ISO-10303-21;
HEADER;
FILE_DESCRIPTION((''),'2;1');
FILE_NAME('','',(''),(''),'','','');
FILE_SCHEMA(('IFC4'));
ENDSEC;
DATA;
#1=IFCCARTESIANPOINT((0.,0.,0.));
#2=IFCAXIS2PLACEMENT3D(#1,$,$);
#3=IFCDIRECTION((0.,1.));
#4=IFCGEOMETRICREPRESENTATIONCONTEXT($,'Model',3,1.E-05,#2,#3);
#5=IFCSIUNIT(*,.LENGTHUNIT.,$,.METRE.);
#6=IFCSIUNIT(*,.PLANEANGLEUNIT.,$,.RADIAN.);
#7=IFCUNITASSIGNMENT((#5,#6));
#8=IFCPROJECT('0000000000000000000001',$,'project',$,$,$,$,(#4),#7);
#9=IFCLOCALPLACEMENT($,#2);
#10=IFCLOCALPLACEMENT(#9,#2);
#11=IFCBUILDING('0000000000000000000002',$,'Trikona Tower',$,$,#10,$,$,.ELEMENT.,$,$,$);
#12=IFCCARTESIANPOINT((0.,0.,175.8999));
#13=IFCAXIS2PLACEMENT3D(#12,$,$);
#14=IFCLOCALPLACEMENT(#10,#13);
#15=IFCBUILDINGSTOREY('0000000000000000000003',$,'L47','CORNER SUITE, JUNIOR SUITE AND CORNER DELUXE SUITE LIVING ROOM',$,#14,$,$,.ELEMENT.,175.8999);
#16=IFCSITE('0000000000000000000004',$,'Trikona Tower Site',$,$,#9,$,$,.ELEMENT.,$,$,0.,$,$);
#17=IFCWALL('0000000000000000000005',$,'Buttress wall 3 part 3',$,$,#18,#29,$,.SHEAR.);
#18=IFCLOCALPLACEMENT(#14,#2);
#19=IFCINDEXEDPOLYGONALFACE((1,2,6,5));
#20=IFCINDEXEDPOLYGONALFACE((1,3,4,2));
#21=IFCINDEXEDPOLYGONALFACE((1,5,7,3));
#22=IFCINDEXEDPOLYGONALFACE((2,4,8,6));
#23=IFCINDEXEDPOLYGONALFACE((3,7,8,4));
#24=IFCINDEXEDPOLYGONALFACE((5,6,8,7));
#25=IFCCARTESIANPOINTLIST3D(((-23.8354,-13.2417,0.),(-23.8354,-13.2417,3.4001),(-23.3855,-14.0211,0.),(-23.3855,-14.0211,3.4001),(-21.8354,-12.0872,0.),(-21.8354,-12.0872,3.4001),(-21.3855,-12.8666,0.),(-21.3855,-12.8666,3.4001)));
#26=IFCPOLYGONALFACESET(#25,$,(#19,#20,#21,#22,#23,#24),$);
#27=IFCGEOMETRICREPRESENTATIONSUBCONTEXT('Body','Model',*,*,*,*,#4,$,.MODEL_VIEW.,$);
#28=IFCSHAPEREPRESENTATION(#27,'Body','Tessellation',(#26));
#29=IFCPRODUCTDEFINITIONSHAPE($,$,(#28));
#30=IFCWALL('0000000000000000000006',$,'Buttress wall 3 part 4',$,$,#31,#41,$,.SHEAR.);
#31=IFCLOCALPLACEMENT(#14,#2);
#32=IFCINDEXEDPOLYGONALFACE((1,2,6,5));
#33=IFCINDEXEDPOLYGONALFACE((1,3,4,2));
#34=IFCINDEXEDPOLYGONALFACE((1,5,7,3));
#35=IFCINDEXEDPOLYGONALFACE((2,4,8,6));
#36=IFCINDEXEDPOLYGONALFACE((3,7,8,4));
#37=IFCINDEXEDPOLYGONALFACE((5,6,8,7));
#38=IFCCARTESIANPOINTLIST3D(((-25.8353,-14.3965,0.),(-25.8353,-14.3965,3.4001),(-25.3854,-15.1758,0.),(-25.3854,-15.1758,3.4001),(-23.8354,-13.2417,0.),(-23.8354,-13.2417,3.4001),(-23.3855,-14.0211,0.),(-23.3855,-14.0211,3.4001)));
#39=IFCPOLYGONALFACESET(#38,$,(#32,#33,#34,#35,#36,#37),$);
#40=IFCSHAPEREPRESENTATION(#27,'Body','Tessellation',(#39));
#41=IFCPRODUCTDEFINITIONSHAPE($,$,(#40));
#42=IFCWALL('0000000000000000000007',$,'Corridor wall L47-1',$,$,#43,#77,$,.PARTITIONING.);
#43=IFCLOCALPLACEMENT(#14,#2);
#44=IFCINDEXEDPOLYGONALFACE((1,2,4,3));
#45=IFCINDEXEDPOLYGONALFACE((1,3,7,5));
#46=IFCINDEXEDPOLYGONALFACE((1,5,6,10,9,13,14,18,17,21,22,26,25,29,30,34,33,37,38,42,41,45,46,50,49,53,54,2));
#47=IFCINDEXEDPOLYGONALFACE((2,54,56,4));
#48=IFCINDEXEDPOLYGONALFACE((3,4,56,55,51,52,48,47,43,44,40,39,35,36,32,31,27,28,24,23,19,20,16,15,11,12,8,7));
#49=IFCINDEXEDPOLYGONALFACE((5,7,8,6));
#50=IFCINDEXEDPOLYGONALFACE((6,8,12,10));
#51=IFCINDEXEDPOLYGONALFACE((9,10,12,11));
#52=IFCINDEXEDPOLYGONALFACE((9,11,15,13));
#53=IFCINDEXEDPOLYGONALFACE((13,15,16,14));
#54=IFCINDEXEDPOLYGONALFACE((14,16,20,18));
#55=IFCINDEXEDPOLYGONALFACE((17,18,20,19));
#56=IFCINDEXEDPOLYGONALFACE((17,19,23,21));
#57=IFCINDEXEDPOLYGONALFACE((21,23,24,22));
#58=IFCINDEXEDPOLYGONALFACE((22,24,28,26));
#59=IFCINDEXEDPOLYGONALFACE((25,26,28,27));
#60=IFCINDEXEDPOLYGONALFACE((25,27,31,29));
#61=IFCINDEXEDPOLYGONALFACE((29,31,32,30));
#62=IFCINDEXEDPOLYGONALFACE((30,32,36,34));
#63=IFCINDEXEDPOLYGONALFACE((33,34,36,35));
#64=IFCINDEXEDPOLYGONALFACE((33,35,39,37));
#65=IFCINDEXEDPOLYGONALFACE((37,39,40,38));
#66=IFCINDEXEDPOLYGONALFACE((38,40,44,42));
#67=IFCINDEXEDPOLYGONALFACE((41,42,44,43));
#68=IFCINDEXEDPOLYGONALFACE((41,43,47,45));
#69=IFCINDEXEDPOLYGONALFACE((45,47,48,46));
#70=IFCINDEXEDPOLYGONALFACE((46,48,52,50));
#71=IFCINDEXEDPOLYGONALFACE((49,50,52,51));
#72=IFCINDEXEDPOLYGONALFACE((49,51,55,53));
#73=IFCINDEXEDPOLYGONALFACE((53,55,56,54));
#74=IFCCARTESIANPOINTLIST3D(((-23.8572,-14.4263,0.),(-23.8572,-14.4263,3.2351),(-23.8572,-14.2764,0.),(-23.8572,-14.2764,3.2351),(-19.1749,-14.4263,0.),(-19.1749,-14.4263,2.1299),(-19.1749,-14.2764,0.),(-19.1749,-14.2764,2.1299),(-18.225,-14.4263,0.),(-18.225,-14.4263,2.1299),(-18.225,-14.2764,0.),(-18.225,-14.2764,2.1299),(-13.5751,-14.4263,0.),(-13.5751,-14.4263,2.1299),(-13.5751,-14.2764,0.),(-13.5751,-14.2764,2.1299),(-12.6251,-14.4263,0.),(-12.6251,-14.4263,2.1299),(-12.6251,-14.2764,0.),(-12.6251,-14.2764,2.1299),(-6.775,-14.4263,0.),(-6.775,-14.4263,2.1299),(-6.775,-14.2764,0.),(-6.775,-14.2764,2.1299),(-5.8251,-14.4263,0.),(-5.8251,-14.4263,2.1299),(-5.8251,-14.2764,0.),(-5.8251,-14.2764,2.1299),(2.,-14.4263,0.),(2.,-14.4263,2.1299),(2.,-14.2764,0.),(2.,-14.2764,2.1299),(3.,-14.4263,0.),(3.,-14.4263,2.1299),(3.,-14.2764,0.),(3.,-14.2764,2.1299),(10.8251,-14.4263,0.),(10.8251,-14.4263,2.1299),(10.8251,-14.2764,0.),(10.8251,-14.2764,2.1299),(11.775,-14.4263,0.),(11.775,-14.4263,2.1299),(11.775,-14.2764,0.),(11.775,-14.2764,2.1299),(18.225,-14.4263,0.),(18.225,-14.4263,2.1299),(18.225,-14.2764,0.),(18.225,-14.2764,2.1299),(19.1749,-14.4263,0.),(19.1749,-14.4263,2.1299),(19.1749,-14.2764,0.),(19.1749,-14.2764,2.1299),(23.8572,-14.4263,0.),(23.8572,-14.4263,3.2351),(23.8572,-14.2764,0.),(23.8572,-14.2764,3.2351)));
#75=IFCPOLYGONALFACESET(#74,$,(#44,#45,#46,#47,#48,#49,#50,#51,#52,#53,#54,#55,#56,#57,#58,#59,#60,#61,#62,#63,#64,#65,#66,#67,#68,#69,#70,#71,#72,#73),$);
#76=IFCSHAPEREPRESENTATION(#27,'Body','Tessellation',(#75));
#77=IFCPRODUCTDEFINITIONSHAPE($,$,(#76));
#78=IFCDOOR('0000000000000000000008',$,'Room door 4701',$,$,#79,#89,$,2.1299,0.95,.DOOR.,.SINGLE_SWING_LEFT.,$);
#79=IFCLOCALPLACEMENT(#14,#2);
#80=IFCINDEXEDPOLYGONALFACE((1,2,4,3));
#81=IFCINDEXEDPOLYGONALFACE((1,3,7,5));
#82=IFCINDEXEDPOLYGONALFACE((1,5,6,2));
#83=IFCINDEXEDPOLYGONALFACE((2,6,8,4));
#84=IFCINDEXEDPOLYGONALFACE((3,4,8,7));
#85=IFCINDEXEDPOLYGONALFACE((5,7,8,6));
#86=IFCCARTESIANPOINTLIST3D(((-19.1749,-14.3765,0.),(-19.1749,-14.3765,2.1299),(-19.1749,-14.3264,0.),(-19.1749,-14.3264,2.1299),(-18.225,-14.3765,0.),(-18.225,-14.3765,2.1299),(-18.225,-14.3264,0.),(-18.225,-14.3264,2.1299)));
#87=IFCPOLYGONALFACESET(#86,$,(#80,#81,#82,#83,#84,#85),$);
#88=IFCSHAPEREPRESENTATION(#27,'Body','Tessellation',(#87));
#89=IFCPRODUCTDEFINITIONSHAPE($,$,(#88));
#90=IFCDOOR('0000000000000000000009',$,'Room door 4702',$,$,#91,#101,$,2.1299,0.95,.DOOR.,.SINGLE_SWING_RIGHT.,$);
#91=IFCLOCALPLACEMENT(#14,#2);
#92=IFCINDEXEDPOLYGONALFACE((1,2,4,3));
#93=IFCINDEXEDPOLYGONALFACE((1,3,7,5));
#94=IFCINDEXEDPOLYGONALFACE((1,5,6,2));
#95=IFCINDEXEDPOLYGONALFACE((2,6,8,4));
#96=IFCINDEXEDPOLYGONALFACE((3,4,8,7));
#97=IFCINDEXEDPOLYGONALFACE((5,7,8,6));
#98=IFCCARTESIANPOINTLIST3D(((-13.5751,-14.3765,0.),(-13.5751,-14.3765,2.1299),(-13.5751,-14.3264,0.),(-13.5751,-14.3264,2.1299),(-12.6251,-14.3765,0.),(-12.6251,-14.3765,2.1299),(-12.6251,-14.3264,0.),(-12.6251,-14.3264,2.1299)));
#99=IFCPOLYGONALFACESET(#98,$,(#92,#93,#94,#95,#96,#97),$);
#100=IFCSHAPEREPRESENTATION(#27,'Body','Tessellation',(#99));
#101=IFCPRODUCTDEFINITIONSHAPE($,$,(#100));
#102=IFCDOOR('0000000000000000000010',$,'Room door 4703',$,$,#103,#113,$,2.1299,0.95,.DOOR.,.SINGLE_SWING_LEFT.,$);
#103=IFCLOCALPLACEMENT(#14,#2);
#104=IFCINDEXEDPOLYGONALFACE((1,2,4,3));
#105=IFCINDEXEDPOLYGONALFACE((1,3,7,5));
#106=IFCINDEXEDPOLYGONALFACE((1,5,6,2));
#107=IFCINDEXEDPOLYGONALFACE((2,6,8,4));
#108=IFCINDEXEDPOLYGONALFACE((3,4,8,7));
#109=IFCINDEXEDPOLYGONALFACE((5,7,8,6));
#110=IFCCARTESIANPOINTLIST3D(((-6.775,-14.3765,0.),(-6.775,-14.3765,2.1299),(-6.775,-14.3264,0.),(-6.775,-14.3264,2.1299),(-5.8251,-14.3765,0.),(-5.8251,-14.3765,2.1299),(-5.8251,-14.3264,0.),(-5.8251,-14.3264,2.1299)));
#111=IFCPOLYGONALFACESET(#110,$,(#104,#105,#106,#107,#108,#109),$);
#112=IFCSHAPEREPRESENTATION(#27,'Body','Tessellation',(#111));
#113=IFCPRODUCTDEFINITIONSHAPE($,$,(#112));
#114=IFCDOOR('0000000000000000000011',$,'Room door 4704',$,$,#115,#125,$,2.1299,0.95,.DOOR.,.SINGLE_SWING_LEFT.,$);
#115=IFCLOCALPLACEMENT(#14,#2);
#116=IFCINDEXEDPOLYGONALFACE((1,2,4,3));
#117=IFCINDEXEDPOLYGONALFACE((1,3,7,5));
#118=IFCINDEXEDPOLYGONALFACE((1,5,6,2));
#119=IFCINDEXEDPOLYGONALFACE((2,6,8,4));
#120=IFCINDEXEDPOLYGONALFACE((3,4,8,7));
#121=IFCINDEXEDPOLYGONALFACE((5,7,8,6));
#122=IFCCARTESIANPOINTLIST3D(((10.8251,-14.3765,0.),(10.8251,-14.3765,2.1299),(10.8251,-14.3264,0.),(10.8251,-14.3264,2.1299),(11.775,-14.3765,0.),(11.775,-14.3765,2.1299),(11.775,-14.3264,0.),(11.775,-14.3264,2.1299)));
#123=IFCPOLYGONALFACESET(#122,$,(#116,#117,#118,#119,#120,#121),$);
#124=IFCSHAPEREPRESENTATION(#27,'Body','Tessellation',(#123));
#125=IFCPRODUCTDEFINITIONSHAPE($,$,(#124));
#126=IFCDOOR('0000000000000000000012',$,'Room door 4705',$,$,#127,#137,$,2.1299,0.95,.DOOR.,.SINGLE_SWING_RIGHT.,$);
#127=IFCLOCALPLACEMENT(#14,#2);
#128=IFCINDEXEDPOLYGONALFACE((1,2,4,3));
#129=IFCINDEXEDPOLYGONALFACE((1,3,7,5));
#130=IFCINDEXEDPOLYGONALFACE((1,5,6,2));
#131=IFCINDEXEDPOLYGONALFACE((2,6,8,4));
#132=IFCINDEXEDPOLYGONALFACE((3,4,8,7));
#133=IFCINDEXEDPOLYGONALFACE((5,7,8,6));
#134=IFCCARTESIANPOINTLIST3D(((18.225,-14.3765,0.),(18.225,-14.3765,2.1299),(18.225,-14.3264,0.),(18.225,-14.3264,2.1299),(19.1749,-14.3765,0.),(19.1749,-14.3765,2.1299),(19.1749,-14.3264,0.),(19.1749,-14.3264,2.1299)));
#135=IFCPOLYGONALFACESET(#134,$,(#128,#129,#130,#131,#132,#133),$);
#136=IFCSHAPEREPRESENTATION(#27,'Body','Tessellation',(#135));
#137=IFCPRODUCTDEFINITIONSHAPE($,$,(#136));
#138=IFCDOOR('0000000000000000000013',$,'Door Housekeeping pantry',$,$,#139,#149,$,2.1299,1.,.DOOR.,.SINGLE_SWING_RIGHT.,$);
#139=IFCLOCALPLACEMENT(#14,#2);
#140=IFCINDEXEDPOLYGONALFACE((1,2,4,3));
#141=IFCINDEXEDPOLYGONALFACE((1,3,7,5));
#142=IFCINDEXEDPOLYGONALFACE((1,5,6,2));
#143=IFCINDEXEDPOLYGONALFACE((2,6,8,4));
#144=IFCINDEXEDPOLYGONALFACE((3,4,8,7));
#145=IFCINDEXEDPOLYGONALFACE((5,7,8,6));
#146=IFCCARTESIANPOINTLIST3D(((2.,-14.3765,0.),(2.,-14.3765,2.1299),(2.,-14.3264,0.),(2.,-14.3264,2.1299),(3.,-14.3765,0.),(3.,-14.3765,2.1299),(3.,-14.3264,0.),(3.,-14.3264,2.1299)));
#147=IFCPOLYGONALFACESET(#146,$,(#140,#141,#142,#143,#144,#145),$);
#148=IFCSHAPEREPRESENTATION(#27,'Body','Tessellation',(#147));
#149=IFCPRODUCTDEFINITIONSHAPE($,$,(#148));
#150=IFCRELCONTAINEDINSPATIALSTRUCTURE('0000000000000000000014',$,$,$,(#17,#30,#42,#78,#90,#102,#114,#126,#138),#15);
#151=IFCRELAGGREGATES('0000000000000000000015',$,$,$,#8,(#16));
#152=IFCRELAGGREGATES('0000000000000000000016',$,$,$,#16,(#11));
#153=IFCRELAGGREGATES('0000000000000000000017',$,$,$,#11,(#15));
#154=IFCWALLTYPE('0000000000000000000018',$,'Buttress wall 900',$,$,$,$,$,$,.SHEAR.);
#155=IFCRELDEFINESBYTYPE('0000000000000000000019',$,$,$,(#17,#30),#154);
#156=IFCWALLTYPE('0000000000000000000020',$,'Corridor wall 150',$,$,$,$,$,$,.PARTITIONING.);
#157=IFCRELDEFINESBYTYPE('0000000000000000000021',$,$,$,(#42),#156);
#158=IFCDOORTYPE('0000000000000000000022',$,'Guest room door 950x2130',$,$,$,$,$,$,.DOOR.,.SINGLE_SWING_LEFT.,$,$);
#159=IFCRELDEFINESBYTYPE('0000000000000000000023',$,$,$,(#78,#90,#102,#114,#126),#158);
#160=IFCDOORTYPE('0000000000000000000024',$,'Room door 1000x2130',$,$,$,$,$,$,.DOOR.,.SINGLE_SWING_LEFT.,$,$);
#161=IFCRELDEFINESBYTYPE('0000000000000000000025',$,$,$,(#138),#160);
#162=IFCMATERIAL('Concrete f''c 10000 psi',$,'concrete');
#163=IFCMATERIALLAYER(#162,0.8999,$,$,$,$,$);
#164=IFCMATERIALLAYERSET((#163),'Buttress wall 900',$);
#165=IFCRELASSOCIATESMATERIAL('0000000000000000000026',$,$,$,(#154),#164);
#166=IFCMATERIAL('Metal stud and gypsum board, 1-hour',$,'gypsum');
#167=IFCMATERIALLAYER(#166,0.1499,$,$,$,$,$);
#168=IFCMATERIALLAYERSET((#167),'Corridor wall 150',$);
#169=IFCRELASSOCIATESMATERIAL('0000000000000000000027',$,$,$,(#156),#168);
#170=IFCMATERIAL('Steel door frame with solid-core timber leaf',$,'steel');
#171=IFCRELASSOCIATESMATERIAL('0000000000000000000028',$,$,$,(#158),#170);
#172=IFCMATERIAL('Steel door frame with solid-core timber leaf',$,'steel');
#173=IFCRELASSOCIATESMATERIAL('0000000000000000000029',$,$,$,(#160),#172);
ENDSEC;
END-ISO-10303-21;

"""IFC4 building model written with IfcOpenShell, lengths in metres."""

from ifc_helpers import new_model, si_unit, direction, frame, frame_2d, origin, place, context, subcontext, project, spatial, rectangle, extrude, material, layer, layer_set, type_object, element, fill, save


model = new_model("IFC4")

# Units and contexts
model_context = context("Model", 3, precision=1e-05, world=origin(), true_north=direction((0.0, 1.0)))
body_context = subcontext(model_context, "Body", "Model", "MODEL_VIEW")
ifc_project = project(units=[si_unit("LENGTHUNIT", "METRE"), si_unit("PLANEANGLEUNIT", "RADIAN")], contexts=[model_context])

# Site, building, storey
site_placement = place(None, origin())
site = spatial("IfcSite", under=ifc_project, at=site_placement, Name="Trikona Tower Site", CompositionType="ELEMENT", RefElevation=0.0)
building_placement = place(site_placement, origin())
building = spatial("IfcBuilding", under=site, at=building_placement, Name="Trikona Tower", CompositionType="ELEMENT")
storey_placement = place(building_placement, frame((0.0, 0.0, 175.8999)))
storey = spatial("IfcBuildingStorey", under=building, at=storey_placement, Name="L47", Description="CORNER SUITE, JUNIOR SUITE AND CORNER DELUXE SUITE LIVING ROOM", CompositionType="ELEMENT", Elevation=175.8999)

# Walls
ifc_material_1 = material(Name="Concrete f'c 10000 psi", Category="concrete")
ifc_layer_1 = layer(ifc_material_1, 0.8999)
ifc_layer_set_1 = layer_set([ifc_layer_1], Name="Buttress wall 900")
wall_type_1 = type_object("IfcWallType", Name="Buttress wall 900", PredefinedType="SHEAR", material=ifc_layer_set_1)
for number, where, z_axis, x_axis, name in (
    (1, (-21.6104, -12.4768, 0.0), (0.0, 0.0, 1.0), (-0.866055, -0.499948, 0.0), "Buttress wall 3 part 3"),
    (2, (-23.6104, -13.6313, 0.0), (0.0, 0.0, 1.0), (-0.86601, -0.500027, 0.0), "Buttress wall 3 part 4"),
):
    element("IfcWall", number, at=place(storey_placement, frame(where, z_axis=z_axis, x_axis=x_axis)), inside=storey, type_object=wall_type_1, Name=name, PredefinedType="SHEAR", context=body_context, shape_type="SweptSolid", body=[
        extrude(rectangle(XDim=2.3093, YDim=0.8999, at=frame_2d((1.1548, 0.0))), origin(), (0.0, 0.0, 1.0), 3.4001),
    ])

# Wall, openings, doors
ifc_material_2 = material(Name="Metal stud and gypsum board, 1-hour", Category="gypsum")
ifc_layer_2 = layer(ifc_material_2, 0.1499)
ifc_layer_set_2 = layer_set([ifc_layer_2], Name="Corridor wall 150")
wall_type_2 = type_object("IfcWallType", Name="Corridor wall 150", PredefinedType="PARTITIONING", material=ifc_layer_set_2)
wall_1_placement = place(storey_placement, frame((-23.8572, -14.3513, 0.0), z_axis=(0.0, 0.0, 1.0), x_axis=(1.0, 0.0, 0.0)))
wall_1 = element("IfcWall", 3, at=wall_1_placement, inside=storey, type_object=wall_type_2, Name="Corridor wall L47-1", PredefinedType="PARTITIONING", context=body_context, shape_type="SweptSolid", body=[
    extrude(rectangle(XDim=47.7144, YDim=0.1499, at=frame_2d((23.8572, 0.0))), origin(), (0.0, 0.0, 1.0), 3.2351),
])
opening_1_placement = place(wall_1_placement, frame((4.6821, 0.0, 0.0)))
opening_1 = element("IfcOpeningElement", 4, at=opening_1_placement, cuts=wall_1, PredefinedType="OPENING", context=body_context, shape_type="SweptSolid", body=[
    extrude(rectangle(XDim=0.95, YDim=2.1299, at=frame_2d((0.4751, 1.0649))), frame((0.0, 0.085, 0.0), z_axis=(0.0, -1.0, 0.0), x_axis=(1.0, 0.0, 0.0)), (0.0, 0.0, 1.0), 0.1699),
])
opening_2_placement = place(wall_1_placement, frame((10.282, 0.0, 0.0)))
opening_2 = element("IfcOpeningElement", 5, at=opening_2_placement, cuts=wall_1, PredefinedType="OPENING", context=body_context, shape_type="SweptSolid", body=[
    extrude(rectangle(XDim=0.95, YDim=2.1299, at=frame_2d((0.4751, 1.0649))), frame((0.0, 0.085, 0.0), z_axis=(0.0, -1.0, 0.0), x_axis=(1.0, 0.0, 0.0)), (0.0, 0.0, 1.0), 0.1699),
])
opening_3_placement = place(wall_1_placement, frame((17.082, 0.0, 0.0)))
opening_3 = element("IfcOpeningElement", 6, at=opening_3_placement, cuts=wall_1, PredefinedType="OPENING", context=body_context, shape_type="SweptSolid", body=[
    extrude(rectangle(XDim=0.95, YDim=2.1299, at=frame_2d((0.4751, 1.0649))), frame((0.0, 0.085, 0.0), z_axis=(0.0, -1.0, 0.0), x_axis=(1.0, 0.0, 0.0)), (0.0, 0.0, 1.0), 0.1699),
])
opening_4_placement = place(wall_1_placement, frame((25.8572, 0.0, 0.0)))
opening_4 = element("IfcOpeningElement", 7, at=opening_4_placement, cuts=wall_1, PredefinedType="OPENING", context=body_context, shape_type="SweptSolid", body=[
    extrude(rectangle(XDim=1.0, YDim=2.1299, at=frame_2d((0.5, 1.0649))), frame((0.0, 0.085, 0.0), z_axis=(0.0, -1.0, 0.0), x_axis=(1.0, 0.0, 0.0)), (0.0, 0.0, 1.0), 0.1699),
])
opening_5_placement = place(wall_1_placement, frame((34.6821, 0.0, 0.0)))
opening_5 = element("IfcOpeningElement", 8, at=opening_5_placement, cuts=wall_1, PredefinedType="OPENING", context=body_context, shape_type="SweptSolid", body=[
    extrude(rectangle(XDim=0.95, YDim=2.1299, at=frame_2d((0.4751, 1.0649))), frame((0.0, 0.085, 0.0), z_axis=(0.0, -1.0, 0.0), x_axis=(1.0, 0.0, 0.0)), (0.0, 0.0, 1.0), 0.1699),
])
opening_6_placement = place(wall_1_placement, frame((42.082, 0.0, 0.0)))
opening_6 = element("IfcOpeningElement", 9, at=opening_6_placement, cuts=wall_1, PredefinedType="OPENING", context=body_context, shape_type="SweptSolid", body=[
    extrude(rectangle(XDim=0.95, YDim=2.1299, at=frame_2d((0.4751, 1.0649))), frame((0.0, 0.085, 0.0), z_axis=(0.0, -1.0, 0.0), x_axis=(1.0, 0.0, 0.0)), (0.0, 0.0, 1.0), 0.1699),
])
ifc_material_3 = material(Name="Steel door frame with solid-core timber leaf", Category="steel")
door_type_1 = type_object("IfcDoorType", Name="Guest room door 950x2130", OperationType="SINGLE_SWING_LEFT", PredefinedType="DOOR", material=ifc_material_3)
door_1_placement = place(opening_1_placement, origin())
door_1 = element("IfcDoor", 10, at=door_1_placement, inside=storey, type_object=door_type_1, Name="Room door 4701", OperationType="SINGLE_SWING_LEFT", OverallHeight=2.1299, OverallWidth=0.95, PredefinedType="DOOR", context=body_context, shape_type="SweptSolid", body=[
    extrude(rectangle(XDim=0.95, YDim=2.1299, at=frame_2d((0.4751, 1.0649))), frame((0.0, 0.0249, 0.0), z_axis=(0.0, -1.0, 0.0), x_axis=(1.0, 0.0, 0.0)), (0.0, 0.0, 1.0), 0.05),
])
fill(opening_1, door_1)
door_2_placement = place(opening_2_placement, origin())
door_2 = element("IfcDoor", 11, at=door_2_placement, inside=storey, type_object=door_type_1, Name="Room door 4702", OperationType="SINGLE_SWING_RIGHT", OverallHeight=2.1299, OverallWidth=0.95, PredefinedType="DOOR", context=body_context, shape_type="SweptSolid", body=[
    extrude(rectangle(XDim=0.95, YDim=2.1299, at=frame_2d((0.4751, 1.0649))), frame((0.0, 0.0249, 0.0), z_axis=(0.0, -1.0, 0.0), x_axis=(1.0, 0.0, 0.0)), (0.0, 0.0, 1.0), 0.05),
])
fill(opening_2, door_2)
door_3_placement = place(opening_3_placement, origin())
door_3 = element("IfcDoor", 12, at=door_3_placement, inside=storey, type_object=door_type_1, Name="Room door 4703", OperationType="SINGLE_SWING_LEFT", OverallHeight=2.1299, OverallWidth=0.95, PredefinedType="DOOR", context=body_context, shape_type="SweptSolid", body=[
    extrude(rectangle(XDim=0.95, YDim=2.1299, at=frame_2d((0.4751, 1.0649))), frame((0.0, 0.0249, 0.0), z_axis=(0.0, -1.0, 0.0), x_axis=(1.0, 0.0, 0.0)), (0.0, 0.0, 1.0), 0.05),
])
fill(opening_3, door_3)
door_4_placement = place(opening_5_placement, origin())
door_4 = element("IfcDoor", 13, at=door_4_placement, inside=storey, type_object=door_type_1, Name="Room door 4704", OperationType="SINGLE_SWING_LEFT", OverallHeight=2.1299, OverallWidth=0.95, PredefinedType="DOOR", context=body_context, shape_type="SweptSolid", body=[
    extrude(rectangle(XDim=0.95, YDim=2.1299, at=frame_2d((0.4751, 1.0649))), frame((0.0, 0.0249, 0.0), z_axis=(0.0, -1.0, 0.0), x_axis=(1.0, 0.0, 0.0)), (0.0, 0.0, 1.0), 0.05),
])
fill(opening_5, door_4)
door_5_placement = place(opening_6_placement, origin())
door_5 = element("IfcDoor", 14, at=door_5_placement, inside=storey, type_object=door_type_1, Name="Room door 4705", OperationType="SINGLE_SWING_RIGHT", OverallHeight=2.1299, OverallWidth=0.95, PredefinedType="DOOR", context=body_context, shape_type="SweptSolid", body=[
    extrude(rectangle(XDim=0.95, YDim=2.1299, at=frame_2d((0.4751, 1.0649))), frame((0.0, 0.0249, 0.0), z_axis=(0.0, -1.0, 0.0), x_axis=(1.0, 0.0, 0.0)), (0.0, 0.0, 1.0), 0.05),
])
fill(opening_6, door_5)
ifc_material_4 = material(Name="Steel door frame with solid-core timber leaf", Category="steel")
door_type_2 = type_object("IfcDoorType", Name="Room door 1000x2130", OperationType="SINGLE_SWING_LEFT", PredefinedType="DOOR", material=ifc_material_4)
door_6_placement = place(opening_4_placement, origin())
door_6 = element("IfcDoor", 15, at=door_6_placement, inside=storey, type_object=door_type_2, Name="Door Housekeeping pantry", OperationType="SINGLE_SWING_RIGHT", OverallHeight=2.1299, OverallWidth=1.0, PredefinedType="DOOR", context=body_context, shape_type="SweptSolid", body=[
    extrude(rectangle(XDim=1.0, YDim=2.1299, at=frame_2d((0.5, 1.0649))), frame((0.0, 0.0249, 0.0), z_axis=(0.0, -1.0, 0.0), x_axis=(1.0, 0.0, 0.0)), (0.0, 0.0, 1.0), 0.05),
])
fill(opening_4, door_6)

save(model, "model.ifc")
